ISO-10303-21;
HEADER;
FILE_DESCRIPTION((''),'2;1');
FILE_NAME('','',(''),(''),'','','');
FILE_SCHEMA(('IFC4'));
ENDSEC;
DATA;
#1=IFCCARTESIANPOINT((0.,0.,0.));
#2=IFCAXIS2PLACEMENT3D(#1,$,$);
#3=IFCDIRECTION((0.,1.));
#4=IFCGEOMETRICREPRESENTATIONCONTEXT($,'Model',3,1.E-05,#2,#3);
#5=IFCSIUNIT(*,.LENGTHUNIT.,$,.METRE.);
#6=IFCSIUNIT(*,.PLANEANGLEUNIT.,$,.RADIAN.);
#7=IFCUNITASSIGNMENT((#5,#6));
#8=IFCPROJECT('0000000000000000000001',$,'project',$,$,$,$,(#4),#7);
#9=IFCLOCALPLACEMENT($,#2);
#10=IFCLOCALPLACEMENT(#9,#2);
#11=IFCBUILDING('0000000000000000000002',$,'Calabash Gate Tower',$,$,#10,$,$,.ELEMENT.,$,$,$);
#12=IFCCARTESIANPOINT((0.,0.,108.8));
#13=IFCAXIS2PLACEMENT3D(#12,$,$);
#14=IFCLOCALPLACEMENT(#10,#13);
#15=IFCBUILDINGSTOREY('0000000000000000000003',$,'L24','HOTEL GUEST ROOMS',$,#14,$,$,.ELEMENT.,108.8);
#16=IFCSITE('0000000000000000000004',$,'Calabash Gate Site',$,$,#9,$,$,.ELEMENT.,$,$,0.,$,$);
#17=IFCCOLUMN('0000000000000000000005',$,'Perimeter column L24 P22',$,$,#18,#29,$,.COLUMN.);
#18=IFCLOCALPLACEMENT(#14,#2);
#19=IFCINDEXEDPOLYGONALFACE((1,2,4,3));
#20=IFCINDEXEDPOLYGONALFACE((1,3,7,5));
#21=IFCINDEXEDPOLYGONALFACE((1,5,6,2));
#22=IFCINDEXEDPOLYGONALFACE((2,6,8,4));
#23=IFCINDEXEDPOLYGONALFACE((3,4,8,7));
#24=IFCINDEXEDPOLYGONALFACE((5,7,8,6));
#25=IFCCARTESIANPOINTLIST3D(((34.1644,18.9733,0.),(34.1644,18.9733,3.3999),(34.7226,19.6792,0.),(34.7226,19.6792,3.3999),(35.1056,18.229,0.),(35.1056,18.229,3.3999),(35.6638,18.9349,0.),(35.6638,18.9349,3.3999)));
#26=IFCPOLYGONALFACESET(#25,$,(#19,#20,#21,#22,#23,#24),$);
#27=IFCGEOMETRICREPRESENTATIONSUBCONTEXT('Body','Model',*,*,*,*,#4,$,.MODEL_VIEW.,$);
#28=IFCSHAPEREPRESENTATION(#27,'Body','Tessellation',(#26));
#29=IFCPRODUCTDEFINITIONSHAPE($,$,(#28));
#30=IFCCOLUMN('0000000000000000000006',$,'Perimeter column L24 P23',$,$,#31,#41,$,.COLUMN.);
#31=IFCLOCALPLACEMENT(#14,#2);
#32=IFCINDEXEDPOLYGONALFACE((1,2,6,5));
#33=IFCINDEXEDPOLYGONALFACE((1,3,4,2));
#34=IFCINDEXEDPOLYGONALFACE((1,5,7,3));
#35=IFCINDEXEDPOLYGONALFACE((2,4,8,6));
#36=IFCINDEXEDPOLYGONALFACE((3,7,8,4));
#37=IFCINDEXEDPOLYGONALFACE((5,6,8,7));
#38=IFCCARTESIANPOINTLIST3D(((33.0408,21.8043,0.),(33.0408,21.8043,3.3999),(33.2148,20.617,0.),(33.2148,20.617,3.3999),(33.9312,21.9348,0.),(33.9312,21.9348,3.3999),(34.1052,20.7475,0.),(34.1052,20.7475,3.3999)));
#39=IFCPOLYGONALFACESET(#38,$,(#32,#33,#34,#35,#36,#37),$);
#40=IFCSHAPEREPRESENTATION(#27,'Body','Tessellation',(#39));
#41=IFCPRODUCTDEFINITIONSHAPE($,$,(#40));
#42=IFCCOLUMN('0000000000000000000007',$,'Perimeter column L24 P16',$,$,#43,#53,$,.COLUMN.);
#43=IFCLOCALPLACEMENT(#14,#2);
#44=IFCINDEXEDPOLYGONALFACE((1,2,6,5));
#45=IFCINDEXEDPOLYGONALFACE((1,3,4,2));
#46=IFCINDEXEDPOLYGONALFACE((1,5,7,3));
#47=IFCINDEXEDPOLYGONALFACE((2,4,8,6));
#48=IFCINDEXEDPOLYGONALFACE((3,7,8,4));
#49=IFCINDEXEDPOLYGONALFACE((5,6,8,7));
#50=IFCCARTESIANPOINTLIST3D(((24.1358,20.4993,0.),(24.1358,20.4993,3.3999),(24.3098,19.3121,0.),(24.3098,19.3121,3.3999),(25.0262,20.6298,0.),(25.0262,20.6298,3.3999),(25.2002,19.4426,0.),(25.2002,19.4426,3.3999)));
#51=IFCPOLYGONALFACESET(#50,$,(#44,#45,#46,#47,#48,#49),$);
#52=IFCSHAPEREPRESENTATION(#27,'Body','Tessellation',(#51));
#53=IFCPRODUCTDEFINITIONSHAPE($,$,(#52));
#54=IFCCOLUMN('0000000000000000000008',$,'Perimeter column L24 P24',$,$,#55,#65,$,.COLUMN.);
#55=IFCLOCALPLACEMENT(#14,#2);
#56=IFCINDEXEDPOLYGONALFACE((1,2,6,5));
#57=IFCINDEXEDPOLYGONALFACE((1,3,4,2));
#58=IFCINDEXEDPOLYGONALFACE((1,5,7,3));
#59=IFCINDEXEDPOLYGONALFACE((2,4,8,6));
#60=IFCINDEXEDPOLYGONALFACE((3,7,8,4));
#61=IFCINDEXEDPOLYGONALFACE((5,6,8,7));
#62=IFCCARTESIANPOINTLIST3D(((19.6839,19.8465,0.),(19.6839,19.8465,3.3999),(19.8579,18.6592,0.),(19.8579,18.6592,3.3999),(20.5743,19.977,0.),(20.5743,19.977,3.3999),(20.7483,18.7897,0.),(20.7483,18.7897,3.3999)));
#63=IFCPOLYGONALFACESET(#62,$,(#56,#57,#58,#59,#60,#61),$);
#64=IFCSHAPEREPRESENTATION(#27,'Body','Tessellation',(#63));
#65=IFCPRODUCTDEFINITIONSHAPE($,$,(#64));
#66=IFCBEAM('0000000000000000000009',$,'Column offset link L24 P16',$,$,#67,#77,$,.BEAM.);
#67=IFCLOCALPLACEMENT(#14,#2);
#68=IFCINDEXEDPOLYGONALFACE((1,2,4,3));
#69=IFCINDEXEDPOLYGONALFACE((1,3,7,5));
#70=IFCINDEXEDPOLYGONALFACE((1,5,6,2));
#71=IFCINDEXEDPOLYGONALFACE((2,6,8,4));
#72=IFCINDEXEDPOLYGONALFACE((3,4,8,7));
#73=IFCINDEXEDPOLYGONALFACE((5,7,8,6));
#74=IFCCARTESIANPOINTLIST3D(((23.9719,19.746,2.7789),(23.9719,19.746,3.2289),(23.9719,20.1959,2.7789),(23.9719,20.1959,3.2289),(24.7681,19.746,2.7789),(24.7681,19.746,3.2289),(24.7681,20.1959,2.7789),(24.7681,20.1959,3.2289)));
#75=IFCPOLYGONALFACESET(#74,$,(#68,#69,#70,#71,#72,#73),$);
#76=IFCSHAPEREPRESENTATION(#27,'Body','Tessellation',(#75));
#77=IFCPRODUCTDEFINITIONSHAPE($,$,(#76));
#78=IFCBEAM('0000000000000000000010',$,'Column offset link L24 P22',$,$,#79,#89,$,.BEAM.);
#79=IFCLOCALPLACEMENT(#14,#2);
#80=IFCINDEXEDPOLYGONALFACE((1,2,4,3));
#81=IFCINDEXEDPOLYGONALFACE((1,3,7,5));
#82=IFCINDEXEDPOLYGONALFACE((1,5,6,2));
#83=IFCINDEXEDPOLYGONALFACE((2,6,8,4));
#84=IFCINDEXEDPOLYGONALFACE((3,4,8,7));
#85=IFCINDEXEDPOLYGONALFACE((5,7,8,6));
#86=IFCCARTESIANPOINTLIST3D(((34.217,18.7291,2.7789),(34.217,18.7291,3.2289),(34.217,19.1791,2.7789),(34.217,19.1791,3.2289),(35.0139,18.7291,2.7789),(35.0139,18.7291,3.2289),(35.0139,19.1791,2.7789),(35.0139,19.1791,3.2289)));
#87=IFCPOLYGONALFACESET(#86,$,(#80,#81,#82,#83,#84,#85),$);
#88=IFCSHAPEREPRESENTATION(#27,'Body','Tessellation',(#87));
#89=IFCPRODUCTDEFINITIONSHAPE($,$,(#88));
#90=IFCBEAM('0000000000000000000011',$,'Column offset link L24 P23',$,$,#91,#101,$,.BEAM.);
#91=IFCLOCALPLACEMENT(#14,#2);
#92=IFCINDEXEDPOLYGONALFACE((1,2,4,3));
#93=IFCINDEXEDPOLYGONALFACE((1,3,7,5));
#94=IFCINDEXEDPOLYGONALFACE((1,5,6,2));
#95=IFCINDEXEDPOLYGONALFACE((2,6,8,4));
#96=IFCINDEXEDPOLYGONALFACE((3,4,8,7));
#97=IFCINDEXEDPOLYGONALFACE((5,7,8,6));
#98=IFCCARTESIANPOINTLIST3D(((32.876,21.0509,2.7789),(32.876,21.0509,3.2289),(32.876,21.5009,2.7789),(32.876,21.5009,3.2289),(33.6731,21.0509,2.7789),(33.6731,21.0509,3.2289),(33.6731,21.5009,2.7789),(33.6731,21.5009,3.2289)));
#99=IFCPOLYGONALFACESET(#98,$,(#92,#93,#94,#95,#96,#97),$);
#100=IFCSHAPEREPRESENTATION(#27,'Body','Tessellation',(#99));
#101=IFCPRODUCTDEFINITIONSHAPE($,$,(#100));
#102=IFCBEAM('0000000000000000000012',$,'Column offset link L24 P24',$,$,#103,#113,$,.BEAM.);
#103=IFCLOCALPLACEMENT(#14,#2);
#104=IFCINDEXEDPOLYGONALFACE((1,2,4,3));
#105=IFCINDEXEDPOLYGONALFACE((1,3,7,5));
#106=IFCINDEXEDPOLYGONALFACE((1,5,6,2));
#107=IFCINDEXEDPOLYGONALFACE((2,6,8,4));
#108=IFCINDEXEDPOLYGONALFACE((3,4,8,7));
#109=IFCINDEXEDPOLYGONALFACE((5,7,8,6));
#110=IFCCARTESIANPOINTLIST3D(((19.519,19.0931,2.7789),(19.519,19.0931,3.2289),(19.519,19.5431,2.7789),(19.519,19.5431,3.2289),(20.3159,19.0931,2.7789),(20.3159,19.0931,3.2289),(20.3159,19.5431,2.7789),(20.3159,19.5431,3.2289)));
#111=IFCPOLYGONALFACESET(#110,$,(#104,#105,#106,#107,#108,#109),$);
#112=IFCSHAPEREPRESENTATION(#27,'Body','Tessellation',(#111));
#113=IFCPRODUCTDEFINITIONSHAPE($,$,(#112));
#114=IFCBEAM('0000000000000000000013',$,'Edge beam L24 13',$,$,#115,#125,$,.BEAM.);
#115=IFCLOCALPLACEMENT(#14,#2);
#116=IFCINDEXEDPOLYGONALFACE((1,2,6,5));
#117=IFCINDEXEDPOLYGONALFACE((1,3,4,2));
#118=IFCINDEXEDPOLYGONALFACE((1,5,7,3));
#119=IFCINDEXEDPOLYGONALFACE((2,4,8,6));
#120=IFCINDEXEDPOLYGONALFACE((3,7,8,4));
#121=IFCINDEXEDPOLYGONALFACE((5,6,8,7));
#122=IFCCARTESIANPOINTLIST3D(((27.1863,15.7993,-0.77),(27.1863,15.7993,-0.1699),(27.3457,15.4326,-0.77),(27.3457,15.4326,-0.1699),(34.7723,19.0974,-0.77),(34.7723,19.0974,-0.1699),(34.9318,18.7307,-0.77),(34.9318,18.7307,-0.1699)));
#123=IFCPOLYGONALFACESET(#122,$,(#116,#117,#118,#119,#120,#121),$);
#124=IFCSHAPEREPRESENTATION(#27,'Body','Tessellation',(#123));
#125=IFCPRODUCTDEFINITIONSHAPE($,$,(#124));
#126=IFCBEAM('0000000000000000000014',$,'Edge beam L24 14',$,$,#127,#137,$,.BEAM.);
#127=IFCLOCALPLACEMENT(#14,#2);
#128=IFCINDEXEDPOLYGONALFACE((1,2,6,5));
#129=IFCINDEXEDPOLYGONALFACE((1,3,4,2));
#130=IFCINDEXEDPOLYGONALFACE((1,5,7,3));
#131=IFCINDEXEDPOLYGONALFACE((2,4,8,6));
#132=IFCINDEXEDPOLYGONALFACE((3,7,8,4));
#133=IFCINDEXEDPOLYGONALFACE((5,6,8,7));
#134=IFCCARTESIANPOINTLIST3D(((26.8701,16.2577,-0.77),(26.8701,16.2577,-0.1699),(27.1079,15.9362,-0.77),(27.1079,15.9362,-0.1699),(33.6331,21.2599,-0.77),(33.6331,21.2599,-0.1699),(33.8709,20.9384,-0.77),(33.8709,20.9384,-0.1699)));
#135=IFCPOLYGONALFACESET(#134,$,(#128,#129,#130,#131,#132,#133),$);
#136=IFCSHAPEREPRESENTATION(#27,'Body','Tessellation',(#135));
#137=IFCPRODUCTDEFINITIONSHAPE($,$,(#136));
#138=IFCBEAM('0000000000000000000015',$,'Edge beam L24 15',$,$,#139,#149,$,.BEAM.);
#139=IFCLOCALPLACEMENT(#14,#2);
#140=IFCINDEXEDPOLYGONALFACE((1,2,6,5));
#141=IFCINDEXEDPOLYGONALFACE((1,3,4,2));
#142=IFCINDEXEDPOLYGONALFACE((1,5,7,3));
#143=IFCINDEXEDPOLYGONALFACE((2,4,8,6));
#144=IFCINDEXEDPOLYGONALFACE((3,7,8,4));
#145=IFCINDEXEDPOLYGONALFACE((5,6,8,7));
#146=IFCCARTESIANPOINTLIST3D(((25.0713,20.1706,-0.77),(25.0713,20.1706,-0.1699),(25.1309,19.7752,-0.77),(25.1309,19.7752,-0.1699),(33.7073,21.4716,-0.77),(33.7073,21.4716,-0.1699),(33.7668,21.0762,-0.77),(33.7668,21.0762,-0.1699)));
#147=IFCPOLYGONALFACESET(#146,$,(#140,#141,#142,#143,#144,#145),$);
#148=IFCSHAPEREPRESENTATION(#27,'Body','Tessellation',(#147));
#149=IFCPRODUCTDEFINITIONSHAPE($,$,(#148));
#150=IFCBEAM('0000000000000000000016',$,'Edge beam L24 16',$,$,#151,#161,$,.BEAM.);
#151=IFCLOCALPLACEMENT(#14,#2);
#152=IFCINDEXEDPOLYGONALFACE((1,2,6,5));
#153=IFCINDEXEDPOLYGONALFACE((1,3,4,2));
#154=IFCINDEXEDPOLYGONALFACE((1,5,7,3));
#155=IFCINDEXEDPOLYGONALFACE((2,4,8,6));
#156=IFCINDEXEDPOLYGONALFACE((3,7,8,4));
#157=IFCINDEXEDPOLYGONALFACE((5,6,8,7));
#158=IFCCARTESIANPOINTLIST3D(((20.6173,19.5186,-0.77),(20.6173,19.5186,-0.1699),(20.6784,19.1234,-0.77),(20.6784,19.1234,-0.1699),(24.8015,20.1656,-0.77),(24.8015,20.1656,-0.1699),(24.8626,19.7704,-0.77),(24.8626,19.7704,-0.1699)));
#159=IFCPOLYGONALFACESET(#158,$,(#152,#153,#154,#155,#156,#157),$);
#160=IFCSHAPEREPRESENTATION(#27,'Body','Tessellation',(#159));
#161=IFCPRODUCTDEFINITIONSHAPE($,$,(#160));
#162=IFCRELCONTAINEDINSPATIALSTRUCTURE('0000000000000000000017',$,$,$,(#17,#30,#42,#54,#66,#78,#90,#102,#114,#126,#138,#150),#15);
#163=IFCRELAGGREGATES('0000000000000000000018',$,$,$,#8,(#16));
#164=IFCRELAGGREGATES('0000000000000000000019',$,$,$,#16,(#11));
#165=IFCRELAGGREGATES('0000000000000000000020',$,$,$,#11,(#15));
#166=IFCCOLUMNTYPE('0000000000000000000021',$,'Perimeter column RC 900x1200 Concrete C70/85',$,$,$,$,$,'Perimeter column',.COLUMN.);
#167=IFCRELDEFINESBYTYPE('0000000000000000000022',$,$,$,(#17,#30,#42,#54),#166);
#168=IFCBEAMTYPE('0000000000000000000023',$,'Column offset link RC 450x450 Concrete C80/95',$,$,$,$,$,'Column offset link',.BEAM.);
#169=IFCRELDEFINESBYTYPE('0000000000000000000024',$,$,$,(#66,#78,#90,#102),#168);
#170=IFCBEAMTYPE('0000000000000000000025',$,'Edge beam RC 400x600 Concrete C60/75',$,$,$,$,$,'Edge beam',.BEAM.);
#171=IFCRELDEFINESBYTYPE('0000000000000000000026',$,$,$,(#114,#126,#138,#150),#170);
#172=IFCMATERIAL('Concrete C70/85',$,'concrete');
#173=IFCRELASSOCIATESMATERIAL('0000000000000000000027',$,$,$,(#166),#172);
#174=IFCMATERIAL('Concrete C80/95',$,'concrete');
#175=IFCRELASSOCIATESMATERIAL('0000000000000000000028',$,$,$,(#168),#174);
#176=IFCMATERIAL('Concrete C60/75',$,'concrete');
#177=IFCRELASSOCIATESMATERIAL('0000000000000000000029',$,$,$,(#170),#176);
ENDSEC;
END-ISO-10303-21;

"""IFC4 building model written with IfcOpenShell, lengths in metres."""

from ifc_helpers import new_model, si_unit, direction, frame, origin, origin_2d, place, context, subcontext, project, spatial, rectangle, extrude, material, material_profile, profile_set, type_object, element, save


model = new_model("IFC4")

# Units and contexts
model_context = context("Model", 3, precision=1e-05, world=origin(), true_north=direction((0.0, 1.0)))
body_context = subcontext(model_context, "Body", "Model", "MODEL_VIEW")
ifc_project = project(units=[si_unit("LENGTHUNIT", "METRE"), si_unit("PLANEANGLEUNIT", "RADIAN")], contexts=[model_context])

# Site, building, storey
site_placement = place(None, origin())
site = spatial("IfcSite", under=ifc_project, at=site_placement, Name="Calabash Gate Site", CompositionType="ELEMENT", RefElevation=0.0)
building_placement = place(site_placement, origin())
building = spatial("IfcBuilding", under=site, at=building_placement, Name="Calabash Gate Tower", CompositionType="ELEMENT")
storey_placement = place(building_placement, frame((0.0, 0.0, 108.8)))
storey = spatial("IfcBuildingStorey", under=building, at=storey_placement, Name="L24", Description="HOTEL GUEST ROOMS", CompositionType="ELEMENT", Elevation=108.8)

# Columns
ifc_material_1 = material(Name="Concrete C70/85", Category="concrete")
ifc_material_profile_1 = material_profile(ifc_material_1, rectangle(XDim=0.8999, YDim=1.2, at=origin_2d()))
ifc_profile_set_1 = profile_set([ifc_material_profile_1], Name="Concrete C70/85")
column_type = type_object("IfcColumnType", Name="Perimeter column RC 900x1200 Concrete C70/85", ElementType="Perimeter column", PredefinedType="COLUMN", material=ifc_profile_set_1)
for number, where, z_axis, x_axis, name in (
    (1, (34.9141, 18.9541, 0.0), (0.0, 0.0, 1.0), (0.620301, 0.784364, 0.0), "Perimeter column L24 P22"),
    (2, (33.573, 21.2759, 0.0), (0.0, 0.0, 1.0), (-0.98943, -0.145015, 0.0), "Perimeter column L24 P23"),
    (3, (24.668, 19.9709, 0.0), (0.0, 0.0, 1.0), (-0.98943, -0.145015, 0.0), "Perimeter column L24 P16"),
    (4, (20.2161, 19.3181, 0.0), (0.0, 0.0, 1.0), (-0.98943, -0.145015, 0.0), "Perimeter column L24 P24"),
):
    element("IfcColumn", number, at=place(storey_placement, frame(where, z_axis=z_axis, x_axis=x_axis)), inside=storey, type_object=column_type, Name=name, PredefinedType="COLUMN", context=body_context, shape_type="SweptSolid", body=[
        extrude(rectangle(XDim=0.8999, YDim=1.2, at=origin_2d()), origin(), (0.0, 0.0, 1.0), 3.3999),
    ])

# Beams
ifc_material_2 = material(Name="Concrete C80/95", Category="concrete")
ifc_material_profile_2 = material_profile(ifc_material_2, rectangle(XDim=0.45, YDim=0.45, at=origin_2d()))
ifc_profile_set_2 = profile_set([ifc_material_profile_2], Name="Concrete C80/95")
beam_type_1 = type_object("IfcBeamType", Name="Column offset link RC 450x450 Concrete C80/95", ElementType="Column offset link", PredefinedType="BEAM", material=ifc_profile_set_2)
beam_1_placement = place(storey_placement, frame((24.7681, 19.9709, 3.0039), z_axis=(-1.0, 0.0, 0.0), x_axis=(0.0, -1.0, 0.0)))
element("IfcBeam", 5, at=beam_1_placement, inside=storey, type_object=beam_type_1, Name="Column offset link L24 P16", PredefinedType="BEAM", context=body_context, shape_type="SweptSolid", body=[
    extrude(rectangle(XDim=0.45, YDim=0.45, at=origin_2d()), origin(), (0.0, 0.0, 1.0), 0.7961),
])
beam_2_placement = place(storey_placement, frame((35.0139, 18.9541, 3.0039), z_axis=(-1.0, 0.0, 0.0), x_axis=(0.0, -1.0, 0.0)))
element("IfcBeam", 6, at=beam_2_placement, inside=storey, type_object=beam_type_1, Name="Column offset link L24 P22", PredefinedType="BEAM", context=body_context, shape_type="SweptSolid", body=[
    extrude(rectangle(XDim=0.45, YDim=0.45, at=origin_2d()), origin(), (0.0, 0.0, 1.0), 0.7969),
])
beam_3_placement = place(storey_placement, frame((33.6731, 21.2759, 3.0039), z_axis=(-1.0, 0.0, 0.0), x_axis=(0.0, -1.0, 0.0)))
element("IfcBeam", 7, at=beam_3_placement, inside=storey, type_object=beam_type_1, Name="Column offset link L24 P23", PredefinedType="BEAM", context=body_context, shape_type="SweptSolid", body=[
    extrude(rectangle(XDim=0.45, YDim=0.45, at=origin_2d()), origin(), (0.0, 0.0, 1.0), 0.7971),
])
beam_4_placement = place(storey_placement, frame((20.3159, 19.3181, 3.0039), z_axis=(-1.0, 0.0, 0.0), x_axis=(0.0, -1.0, 0.0)))
element("IfcBeam", 8, at=beam_4_placement, inside=storey, type_object=beam_type_1, Name="Column offset link L24 P24", PredefinedType="BEAM", context=body_context, shape_type="SweptSolid", body=[
    extrude(rectangle(XDim=0.45, YDim=0.45, at=origin_2d()), origin(), (0.0, 0.0, 1.0), 0.7969),
])
ifc_material_3 = material(Name="Concrete C60/75", Category="concrete")
ifc_material_profile_3 = material_profile(ifc_material_3, rectangle(XDim=0.3999, YDim=0.6001, at=origin_2d()))
ifc_profile_set_3 = profile_set([ifc_material_profile_3], Name="Concrete C60/75")
beam_type_2 = type_object("IfcBeamType", Name="Edge beam RC 400x600 Concrete C60/75", ElementType="Edge beam", PredefinedType="BEAM", material=ifc_profile_set_3)
beam_5_placement = place(storey_placement, frame((34.8521, 18.9141, -0.47), z_axis=(-0.917076, -0.398712, 0.0), x_axis=(0.398712, -0.917076, 0.0)))
element("IfcBeam", 9, at=beam_5_placement, inside=storey, type_object=beam_type_2, Name="Edge beam L24 13", PredefinedType="BEAM", context=body_context, shape_type="SweptSolid", body=[
    extrude(rectangle(XDim=0.3999, YDim=0.6001, at=origin_2d()), origin(), (0.0, 0.0, 1.0), 8.272),
])
beam_6_placement = place(storey_placement, frame((26.989, 16.0969, -0.47), z_axis=(0.803977, 0.59466, 0.0), x_axis=(-0.59466, 0.803977, 0.0)))
element("IfcBeam", 10, at=beam_6_placement, inside=storey, type_object=beam_type_2, Name="Edge beam L24 14", PredefinedType="BEAM", context=body_context, shape_type="SweptSolid", body=[
    extrude(rectangle(XDim=0.3999, YDim=0.6001, at=origin_2d()), origin(), (0.0, 0.0, 1.0), 8.4119),
])
beam_7_placement = place(storey_placement, frame((33.7371, 21.2739, -0.47), z_axis=(-0.988842, -0.148971, 0.0), x_axis=(0.148971, -0.988842, 0.0)))
element("IfcBeam", 11, at=beam_7_placement, inside=storey, type_object=beam_type_2, Name="Edge beam L24 15", PredefinedType="BEAM", context=body_context, shape_type="SweptSolid", body=[
    extrude(rectangle(XDim=0.3999, YDim=0.6001, at=origin_2d()), origin(), (0.0, 0.0, 1.0), 8.7334),
])
beam_8_placement = place(storey_placement, frame((24.832, 19.968, -0.47), z_axis=(-0.988255, -0.152811, 0.0), x_axis=(0.152811, -0.988255, 0.0)))
element("IfcBeam", 12, at=beam_8_placement, inside=storey, type_object=beam_type_2, Name="Edge beam L24 16", PredefinedType="BEAM", context=body_context, shape_type="SweptSolid", body=[
    extrude(rectangle(XDim=0.3999, YDim=0.6001, at=origin_2d()), origin(), (0.0, 0.0, 1.0), 4.2339),
])

save(model, "model.ifc")
